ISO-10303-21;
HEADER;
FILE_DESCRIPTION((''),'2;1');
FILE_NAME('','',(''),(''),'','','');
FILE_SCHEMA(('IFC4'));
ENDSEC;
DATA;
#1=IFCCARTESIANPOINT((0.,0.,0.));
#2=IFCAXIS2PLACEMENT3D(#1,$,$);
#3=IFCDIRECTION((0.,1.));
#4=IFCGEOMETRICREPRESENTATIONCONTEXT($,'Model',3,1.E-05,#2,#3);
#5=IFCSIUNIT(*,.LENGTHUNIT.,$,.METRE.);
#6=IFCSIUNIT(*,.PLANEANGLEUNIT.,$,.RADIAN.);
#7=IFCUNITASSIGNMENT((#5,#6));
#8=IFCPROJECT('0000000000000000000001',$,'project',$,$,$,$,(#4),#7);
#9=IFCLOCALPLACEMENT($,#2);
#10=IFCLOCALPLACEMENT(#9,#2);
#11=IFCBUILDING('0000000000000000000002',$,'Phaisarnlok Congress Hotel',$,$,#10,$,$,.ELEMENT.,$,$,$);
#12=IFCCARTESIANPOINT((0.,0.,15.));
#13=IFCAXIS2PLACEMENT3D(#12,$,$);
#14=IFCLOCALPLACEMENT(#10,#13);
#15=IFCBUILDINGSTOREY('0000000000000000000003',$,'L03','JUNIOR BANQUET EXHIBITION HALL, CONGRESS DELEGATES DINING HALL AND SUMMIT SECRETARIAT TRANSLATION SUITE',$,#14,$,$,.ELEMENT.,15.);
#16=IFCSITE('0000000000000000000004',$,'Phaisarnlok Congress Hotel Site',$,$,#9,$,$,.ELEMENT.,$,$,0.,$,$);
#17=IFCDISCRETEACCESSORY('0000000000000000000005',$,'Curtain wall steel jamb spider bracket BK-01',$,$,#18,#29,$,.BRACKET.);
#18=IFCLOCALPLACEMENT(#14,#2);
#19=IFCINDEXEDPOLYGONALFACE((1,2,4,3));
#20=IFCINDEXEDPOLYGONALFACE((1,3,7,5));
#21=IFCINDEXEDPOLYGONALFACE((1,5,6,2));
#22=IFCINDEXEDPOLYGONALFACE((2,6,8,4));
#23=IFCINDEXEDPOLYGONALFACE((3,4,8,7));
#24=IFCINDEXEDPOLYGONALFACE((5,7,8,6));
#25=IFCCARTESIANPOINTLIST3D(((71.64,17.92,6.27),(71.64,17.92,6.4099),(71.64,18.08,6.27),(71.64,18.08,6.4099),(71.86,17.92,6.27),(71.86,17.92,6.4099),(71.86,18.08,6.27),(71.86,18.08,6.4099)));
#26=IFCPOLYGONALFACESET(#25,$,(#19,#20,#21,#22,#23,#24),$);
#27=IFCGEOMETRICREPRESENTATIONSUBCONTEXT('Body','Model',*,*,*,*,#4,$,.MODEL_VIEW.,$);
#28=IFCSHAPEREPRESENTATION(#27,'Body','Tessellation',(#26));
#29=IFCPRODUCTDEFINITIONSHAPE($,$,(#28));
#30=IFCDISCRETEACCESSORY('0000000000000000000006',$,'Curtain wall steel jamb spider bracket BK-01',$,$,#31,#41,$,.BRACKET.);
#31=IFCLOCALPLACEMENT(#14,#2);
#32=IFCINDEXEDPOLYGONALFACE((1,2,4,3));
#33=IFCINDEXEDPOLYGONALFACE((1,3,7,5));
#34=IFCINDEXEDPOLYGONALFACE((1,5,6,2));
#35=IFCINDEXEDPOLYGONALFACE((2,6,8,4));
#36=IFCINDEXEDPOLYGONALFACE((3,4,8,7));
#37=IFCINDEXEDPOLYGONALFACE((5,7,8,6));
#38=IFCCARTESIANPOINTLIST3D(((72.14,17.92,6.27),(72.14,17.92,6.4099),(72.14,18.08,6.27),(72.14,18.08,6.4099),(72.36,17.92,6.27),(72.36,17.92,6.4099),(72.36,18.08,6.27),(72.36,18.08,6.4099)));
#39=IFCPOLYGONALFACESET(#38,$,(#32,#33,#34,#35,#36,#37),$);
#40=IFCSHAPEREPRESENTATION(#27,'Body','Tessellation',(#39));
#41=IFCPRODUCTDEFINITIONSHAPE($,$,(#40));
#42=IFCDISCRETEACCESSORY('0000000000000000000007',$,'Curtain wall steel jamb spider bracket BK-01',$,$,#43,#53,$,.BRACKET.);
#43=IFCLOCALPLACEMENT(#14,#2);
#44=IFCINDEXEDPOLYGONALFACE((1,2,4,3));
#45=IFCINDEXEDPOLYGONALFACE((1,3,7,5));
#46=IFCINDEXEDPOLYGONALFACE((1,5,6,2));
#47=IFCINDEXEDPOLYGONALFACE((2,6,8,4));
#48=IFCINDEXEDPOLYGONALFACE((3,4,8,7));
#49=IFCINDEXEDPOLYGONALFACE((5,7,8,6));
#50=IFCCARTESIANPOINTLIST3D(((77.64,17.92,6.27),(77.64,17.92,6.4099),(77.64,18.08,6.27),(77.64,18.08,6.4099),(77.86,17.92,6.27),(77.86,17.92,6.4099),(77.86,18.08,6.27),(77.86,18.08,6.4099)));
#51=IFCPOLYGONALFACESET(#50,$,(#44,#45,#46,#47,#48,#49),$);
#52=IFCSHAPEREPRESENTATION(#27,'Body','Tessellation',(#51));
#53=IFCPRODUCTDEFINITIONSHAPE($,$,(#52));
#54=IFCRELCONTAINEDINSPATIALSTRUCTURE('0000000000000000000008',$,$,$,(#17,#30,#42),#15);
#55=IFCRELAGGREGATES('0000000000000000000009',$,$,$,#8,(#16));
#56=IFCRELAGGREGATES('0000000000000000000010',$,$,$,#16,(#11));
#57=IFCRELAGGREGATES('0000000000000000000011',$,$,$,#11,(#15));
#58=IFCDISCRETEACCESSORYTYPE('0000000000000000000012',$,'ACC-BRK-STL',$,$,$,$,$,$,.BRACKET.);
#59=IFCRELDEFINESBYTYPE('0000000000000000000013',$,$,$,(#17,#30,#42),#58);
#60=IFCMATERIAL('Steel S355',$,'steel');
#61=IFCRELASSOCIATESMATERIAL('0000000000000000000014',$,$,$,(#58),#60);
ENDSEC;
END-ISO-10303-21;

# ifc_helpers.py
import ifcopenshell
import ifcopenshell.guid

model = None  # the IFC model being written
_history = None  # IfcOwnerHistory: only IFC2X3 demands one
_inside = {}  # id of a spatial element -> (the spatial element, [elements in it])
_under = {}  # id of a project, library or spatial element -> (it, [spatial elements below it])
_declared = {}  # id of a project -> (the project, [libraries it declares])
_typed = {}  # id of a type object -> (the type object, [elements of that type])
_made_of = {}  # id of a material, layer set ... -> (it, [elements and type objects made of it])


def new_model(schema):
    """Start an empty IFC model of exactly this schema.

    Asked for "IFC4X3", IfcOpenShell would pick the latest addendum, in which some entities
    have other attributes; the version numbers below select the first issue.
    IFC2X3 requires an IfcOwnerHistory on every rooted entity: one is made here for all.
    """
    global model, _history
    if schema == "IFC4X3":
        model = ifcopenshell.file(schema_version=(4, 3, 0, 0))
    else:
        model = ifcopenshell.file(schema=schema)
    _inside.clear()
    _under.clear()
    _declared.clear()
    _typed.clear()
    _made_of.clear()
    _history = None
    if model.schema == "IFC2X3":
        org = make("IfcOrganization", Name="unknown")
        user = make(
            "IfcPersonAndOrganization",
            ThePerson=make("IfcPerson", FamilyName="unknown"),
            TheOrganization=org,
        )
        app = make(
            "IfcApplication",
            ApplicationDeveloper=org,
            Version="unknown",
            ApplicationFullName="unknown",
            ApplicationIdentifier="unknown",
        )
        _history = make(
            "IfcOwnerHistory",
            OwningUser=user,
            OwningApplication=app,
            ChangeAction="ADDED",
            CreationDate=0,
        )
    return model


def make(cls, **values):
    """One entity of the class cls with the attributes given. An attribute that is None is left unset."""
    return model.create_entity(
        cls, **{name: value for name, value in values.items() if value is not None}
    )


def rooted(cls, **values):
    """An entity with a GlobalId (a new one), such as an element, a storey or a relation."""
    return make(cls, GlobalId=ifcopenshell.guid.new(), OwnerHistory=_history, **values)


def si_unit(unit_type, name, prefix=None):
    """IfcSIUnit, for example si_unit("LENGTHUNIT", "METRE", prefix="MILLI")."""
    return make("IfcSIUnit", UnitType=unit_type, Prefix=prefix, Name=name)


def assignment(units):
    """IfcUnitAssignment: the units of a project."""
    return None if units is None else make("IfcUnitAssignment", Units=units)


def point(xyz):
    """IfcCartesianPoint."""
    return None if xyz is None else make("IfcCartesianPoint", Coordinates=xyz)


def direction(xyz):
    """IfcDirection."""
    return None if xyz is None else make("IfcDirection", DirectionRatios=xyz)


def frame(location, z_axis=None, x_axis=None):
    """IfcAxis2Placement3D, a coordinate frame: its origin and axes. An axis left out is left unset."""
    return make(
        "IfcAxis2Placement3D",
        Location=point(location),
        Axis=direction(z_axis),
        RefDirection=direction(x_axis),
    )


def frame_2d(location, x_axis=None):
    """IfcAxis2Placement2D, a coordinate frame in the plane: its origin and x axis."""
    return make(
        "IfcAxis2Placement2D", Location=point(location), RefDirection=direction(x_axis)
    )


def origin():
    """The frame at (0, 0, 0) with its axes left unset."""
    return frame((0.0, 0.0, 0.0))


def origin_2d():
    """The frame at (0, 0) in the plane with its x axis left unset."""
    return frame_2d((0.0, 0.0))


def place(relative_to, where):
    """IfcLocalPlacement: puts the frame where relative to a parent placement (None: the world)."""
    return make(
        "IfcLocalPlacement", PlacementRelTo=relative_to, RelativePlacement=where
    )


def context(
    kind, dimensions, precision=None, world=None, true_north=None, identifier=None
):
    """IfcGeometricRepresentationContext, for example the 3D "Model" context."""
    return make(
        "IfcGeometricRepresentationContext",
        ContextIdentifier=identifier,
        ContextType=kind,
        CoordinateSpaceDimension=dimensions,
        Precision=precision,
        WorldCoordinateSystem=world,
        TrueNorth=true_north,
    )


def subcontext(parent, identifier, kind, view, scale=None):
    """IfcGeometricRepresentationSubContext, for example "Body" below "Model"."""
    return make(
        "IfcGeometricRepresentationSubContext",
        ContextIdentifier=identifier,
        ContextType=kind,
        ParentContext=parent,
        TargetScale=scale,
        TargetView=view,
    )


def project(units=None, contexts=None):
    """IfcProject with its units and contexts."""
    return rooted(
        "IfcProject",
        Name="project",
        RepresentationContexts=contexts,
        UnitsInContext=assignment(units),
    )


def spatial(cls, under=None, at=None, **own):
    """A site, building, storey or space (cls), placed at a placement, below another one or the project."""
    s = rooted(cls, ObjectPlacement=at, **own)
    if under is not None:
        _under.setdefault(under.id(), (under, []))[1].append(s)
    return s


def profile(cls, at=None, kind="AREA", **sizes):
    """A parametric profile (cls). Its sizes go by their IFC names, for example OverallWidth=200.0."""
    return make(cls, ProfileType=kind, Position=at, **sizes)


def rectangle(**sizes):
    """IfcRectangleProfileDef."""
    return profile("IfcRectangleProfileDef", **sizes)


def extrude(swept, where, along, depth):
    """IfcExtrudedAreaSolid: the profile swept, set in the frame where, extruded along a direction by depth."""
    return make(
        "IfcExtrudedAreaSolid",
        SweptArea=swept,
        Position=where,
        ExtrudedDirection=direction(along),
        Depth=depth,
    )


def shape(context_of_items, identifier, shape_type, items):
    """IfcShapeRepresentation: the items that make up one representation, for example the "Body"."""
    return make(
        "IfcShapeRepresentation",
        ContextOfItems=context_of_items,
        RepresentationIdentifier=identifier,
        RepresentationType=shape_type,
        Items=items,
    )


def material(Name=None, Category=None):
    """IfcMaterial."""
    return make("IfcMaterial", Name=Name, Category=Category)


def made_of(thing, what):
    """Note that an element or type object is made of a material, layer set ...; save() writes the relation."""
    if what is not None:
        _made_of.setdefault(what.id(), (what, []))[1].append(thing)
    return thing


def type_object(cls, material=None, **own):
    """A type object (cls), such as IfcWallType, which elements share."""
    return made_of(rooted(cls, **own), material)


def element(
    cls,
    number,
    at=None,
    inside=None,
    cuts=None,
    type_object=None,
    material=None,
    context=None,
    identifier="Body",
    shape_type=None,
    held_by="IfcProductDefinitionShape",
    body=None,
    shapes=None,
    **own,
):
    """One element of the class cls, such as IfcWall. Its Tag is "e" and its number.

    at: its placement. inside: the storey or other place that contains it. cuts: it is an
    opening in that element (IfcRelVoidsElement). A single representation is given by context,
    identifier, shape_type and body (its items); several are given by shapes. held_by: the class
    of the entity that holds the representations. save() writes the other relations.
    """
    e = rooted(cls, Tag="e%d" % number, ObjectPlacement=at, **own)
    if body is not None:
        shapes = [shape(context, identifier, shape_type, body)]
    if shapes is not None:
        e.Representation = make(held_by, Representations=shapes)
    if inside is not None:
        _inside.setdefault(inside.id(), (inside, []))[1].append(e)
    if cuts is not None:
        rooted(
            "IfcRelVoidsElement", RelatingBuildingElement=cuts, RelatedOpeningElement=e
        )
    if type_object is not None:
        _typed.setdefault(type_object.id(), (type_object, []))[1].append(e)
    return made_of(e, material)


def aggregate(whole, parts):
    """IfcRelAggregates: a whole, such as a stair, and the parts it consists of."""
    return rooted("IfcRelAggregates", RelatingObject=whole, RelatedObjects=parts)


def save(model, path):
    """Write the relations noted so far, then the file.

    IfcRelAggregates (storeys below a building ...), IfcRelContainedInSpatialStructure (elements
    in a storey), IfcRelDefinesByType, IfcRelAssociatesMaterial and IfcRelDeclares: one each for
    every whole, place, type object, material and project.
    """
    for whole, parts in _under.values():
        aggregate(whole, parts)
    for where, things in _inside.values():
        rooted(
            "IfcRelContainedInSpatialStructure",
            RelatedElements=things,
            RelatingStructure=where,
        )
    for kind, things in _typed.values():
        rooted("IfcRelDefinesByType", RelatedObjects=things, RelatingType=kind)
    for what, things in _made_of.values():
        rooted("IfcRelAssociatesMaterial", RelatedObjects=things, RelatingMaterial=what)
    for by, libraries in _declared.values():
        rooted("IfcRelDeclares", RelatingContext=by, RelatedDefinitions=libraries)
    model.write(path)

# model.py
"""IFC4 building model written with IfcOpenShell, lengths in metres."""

from ifc_helpers import new_model, si_unit, direction, frame, origin, origin_2d, place, context, subcontext, project, spatial, rectangle, extrude, material, type_object, element, save


model = new_model("IFC4")

# Units and contexts
model_context = context("Model", 3, precision=1e-05, world=origin(), true_north=direction((0.0, 1.0)))
body_context = subcontext(model_context, "Body", "Model", "MODEL_VIEW")
ifc_project = project(units=[si_unit("LENGTHUNIT", "METRE"), si_unit("PLANEANGLEUNIT", "RADIAN")], contexts=[model_context])

# Site, building, storey
site_placement = place(None, origin())
site = spatial("IfcSite", under=ifc_project, at=site_placement, Name="Phaisarnlok Congress Hotel Site", CompositionType="ELEMENT", RefElevation=0.0)
building_placement = place(site_placement, origin())
building = spatial("IfcBuilding", under=site, at=building_placement, Name="Phaisarnlok Congress Hotel", CompositionType="ELEMENT")
storey_placement = place(building_placement, frame((0.0, 0.0, 15.0)))
storey = spatial("IfcBuildingStorey", under=building, at=storey_placement, Name="L03", Description="JUNIOR BANQUET EXHIBITION HALL, CONGRESS DELEGATES DINING HALL AND SUMMIT SECRETARIAT TRANSLATION SUITE", CompositionType="ELEMENT", Elevation=15.0)

# Shared definitions
ifc_material_1 = material(Name="Steel S355", Category="steel")

# Discrete accessories
discrete_accessory_type = type_object("IfcDiscreteAccessoryType", Name="ACC-BRK-STL", PredefinedType="BRACKET", material=ifc_material_1)
for number, where, z_axis, x_axis, name in (
    (1, (71.75, 18.0, 6.27), (0.0, 0.0, 1.0), (1.0, 0.0, 0.0), "Curtain wall steel jamb spider bracket BK-01"),
    (2, (72.25, 18.0, 6.27), (0.0, 0.0, 1.0), (1.0, 0.0, 0.0), "Curtain wall steel jamb spider bracket BK-01"),
    (3, (77.75, 18.0, 6.27), (0.0, 0.0, 1.0), (1.0, 0.0, 0.0), "Curtain wall steel jamb spider bracket BK-01"),
):
    element("IfcDiscreteAccessory", number, at=place(storey_placement, frame(where, z_axis=z_axis, x_axis=x_axis)), inside=storey, type_object=discrete_accessory_type, Name=name, PredefinedType="BRACKET", context=body_context, shape_type="SweptSolid", body=[
        extrude(rectangle(XDim=0.22, YDim=0.1599, at=origin_2d()), origin(), (0.0, 0.0, 1.0), 0.1399),
    ])

save(model, "model.ifc")
